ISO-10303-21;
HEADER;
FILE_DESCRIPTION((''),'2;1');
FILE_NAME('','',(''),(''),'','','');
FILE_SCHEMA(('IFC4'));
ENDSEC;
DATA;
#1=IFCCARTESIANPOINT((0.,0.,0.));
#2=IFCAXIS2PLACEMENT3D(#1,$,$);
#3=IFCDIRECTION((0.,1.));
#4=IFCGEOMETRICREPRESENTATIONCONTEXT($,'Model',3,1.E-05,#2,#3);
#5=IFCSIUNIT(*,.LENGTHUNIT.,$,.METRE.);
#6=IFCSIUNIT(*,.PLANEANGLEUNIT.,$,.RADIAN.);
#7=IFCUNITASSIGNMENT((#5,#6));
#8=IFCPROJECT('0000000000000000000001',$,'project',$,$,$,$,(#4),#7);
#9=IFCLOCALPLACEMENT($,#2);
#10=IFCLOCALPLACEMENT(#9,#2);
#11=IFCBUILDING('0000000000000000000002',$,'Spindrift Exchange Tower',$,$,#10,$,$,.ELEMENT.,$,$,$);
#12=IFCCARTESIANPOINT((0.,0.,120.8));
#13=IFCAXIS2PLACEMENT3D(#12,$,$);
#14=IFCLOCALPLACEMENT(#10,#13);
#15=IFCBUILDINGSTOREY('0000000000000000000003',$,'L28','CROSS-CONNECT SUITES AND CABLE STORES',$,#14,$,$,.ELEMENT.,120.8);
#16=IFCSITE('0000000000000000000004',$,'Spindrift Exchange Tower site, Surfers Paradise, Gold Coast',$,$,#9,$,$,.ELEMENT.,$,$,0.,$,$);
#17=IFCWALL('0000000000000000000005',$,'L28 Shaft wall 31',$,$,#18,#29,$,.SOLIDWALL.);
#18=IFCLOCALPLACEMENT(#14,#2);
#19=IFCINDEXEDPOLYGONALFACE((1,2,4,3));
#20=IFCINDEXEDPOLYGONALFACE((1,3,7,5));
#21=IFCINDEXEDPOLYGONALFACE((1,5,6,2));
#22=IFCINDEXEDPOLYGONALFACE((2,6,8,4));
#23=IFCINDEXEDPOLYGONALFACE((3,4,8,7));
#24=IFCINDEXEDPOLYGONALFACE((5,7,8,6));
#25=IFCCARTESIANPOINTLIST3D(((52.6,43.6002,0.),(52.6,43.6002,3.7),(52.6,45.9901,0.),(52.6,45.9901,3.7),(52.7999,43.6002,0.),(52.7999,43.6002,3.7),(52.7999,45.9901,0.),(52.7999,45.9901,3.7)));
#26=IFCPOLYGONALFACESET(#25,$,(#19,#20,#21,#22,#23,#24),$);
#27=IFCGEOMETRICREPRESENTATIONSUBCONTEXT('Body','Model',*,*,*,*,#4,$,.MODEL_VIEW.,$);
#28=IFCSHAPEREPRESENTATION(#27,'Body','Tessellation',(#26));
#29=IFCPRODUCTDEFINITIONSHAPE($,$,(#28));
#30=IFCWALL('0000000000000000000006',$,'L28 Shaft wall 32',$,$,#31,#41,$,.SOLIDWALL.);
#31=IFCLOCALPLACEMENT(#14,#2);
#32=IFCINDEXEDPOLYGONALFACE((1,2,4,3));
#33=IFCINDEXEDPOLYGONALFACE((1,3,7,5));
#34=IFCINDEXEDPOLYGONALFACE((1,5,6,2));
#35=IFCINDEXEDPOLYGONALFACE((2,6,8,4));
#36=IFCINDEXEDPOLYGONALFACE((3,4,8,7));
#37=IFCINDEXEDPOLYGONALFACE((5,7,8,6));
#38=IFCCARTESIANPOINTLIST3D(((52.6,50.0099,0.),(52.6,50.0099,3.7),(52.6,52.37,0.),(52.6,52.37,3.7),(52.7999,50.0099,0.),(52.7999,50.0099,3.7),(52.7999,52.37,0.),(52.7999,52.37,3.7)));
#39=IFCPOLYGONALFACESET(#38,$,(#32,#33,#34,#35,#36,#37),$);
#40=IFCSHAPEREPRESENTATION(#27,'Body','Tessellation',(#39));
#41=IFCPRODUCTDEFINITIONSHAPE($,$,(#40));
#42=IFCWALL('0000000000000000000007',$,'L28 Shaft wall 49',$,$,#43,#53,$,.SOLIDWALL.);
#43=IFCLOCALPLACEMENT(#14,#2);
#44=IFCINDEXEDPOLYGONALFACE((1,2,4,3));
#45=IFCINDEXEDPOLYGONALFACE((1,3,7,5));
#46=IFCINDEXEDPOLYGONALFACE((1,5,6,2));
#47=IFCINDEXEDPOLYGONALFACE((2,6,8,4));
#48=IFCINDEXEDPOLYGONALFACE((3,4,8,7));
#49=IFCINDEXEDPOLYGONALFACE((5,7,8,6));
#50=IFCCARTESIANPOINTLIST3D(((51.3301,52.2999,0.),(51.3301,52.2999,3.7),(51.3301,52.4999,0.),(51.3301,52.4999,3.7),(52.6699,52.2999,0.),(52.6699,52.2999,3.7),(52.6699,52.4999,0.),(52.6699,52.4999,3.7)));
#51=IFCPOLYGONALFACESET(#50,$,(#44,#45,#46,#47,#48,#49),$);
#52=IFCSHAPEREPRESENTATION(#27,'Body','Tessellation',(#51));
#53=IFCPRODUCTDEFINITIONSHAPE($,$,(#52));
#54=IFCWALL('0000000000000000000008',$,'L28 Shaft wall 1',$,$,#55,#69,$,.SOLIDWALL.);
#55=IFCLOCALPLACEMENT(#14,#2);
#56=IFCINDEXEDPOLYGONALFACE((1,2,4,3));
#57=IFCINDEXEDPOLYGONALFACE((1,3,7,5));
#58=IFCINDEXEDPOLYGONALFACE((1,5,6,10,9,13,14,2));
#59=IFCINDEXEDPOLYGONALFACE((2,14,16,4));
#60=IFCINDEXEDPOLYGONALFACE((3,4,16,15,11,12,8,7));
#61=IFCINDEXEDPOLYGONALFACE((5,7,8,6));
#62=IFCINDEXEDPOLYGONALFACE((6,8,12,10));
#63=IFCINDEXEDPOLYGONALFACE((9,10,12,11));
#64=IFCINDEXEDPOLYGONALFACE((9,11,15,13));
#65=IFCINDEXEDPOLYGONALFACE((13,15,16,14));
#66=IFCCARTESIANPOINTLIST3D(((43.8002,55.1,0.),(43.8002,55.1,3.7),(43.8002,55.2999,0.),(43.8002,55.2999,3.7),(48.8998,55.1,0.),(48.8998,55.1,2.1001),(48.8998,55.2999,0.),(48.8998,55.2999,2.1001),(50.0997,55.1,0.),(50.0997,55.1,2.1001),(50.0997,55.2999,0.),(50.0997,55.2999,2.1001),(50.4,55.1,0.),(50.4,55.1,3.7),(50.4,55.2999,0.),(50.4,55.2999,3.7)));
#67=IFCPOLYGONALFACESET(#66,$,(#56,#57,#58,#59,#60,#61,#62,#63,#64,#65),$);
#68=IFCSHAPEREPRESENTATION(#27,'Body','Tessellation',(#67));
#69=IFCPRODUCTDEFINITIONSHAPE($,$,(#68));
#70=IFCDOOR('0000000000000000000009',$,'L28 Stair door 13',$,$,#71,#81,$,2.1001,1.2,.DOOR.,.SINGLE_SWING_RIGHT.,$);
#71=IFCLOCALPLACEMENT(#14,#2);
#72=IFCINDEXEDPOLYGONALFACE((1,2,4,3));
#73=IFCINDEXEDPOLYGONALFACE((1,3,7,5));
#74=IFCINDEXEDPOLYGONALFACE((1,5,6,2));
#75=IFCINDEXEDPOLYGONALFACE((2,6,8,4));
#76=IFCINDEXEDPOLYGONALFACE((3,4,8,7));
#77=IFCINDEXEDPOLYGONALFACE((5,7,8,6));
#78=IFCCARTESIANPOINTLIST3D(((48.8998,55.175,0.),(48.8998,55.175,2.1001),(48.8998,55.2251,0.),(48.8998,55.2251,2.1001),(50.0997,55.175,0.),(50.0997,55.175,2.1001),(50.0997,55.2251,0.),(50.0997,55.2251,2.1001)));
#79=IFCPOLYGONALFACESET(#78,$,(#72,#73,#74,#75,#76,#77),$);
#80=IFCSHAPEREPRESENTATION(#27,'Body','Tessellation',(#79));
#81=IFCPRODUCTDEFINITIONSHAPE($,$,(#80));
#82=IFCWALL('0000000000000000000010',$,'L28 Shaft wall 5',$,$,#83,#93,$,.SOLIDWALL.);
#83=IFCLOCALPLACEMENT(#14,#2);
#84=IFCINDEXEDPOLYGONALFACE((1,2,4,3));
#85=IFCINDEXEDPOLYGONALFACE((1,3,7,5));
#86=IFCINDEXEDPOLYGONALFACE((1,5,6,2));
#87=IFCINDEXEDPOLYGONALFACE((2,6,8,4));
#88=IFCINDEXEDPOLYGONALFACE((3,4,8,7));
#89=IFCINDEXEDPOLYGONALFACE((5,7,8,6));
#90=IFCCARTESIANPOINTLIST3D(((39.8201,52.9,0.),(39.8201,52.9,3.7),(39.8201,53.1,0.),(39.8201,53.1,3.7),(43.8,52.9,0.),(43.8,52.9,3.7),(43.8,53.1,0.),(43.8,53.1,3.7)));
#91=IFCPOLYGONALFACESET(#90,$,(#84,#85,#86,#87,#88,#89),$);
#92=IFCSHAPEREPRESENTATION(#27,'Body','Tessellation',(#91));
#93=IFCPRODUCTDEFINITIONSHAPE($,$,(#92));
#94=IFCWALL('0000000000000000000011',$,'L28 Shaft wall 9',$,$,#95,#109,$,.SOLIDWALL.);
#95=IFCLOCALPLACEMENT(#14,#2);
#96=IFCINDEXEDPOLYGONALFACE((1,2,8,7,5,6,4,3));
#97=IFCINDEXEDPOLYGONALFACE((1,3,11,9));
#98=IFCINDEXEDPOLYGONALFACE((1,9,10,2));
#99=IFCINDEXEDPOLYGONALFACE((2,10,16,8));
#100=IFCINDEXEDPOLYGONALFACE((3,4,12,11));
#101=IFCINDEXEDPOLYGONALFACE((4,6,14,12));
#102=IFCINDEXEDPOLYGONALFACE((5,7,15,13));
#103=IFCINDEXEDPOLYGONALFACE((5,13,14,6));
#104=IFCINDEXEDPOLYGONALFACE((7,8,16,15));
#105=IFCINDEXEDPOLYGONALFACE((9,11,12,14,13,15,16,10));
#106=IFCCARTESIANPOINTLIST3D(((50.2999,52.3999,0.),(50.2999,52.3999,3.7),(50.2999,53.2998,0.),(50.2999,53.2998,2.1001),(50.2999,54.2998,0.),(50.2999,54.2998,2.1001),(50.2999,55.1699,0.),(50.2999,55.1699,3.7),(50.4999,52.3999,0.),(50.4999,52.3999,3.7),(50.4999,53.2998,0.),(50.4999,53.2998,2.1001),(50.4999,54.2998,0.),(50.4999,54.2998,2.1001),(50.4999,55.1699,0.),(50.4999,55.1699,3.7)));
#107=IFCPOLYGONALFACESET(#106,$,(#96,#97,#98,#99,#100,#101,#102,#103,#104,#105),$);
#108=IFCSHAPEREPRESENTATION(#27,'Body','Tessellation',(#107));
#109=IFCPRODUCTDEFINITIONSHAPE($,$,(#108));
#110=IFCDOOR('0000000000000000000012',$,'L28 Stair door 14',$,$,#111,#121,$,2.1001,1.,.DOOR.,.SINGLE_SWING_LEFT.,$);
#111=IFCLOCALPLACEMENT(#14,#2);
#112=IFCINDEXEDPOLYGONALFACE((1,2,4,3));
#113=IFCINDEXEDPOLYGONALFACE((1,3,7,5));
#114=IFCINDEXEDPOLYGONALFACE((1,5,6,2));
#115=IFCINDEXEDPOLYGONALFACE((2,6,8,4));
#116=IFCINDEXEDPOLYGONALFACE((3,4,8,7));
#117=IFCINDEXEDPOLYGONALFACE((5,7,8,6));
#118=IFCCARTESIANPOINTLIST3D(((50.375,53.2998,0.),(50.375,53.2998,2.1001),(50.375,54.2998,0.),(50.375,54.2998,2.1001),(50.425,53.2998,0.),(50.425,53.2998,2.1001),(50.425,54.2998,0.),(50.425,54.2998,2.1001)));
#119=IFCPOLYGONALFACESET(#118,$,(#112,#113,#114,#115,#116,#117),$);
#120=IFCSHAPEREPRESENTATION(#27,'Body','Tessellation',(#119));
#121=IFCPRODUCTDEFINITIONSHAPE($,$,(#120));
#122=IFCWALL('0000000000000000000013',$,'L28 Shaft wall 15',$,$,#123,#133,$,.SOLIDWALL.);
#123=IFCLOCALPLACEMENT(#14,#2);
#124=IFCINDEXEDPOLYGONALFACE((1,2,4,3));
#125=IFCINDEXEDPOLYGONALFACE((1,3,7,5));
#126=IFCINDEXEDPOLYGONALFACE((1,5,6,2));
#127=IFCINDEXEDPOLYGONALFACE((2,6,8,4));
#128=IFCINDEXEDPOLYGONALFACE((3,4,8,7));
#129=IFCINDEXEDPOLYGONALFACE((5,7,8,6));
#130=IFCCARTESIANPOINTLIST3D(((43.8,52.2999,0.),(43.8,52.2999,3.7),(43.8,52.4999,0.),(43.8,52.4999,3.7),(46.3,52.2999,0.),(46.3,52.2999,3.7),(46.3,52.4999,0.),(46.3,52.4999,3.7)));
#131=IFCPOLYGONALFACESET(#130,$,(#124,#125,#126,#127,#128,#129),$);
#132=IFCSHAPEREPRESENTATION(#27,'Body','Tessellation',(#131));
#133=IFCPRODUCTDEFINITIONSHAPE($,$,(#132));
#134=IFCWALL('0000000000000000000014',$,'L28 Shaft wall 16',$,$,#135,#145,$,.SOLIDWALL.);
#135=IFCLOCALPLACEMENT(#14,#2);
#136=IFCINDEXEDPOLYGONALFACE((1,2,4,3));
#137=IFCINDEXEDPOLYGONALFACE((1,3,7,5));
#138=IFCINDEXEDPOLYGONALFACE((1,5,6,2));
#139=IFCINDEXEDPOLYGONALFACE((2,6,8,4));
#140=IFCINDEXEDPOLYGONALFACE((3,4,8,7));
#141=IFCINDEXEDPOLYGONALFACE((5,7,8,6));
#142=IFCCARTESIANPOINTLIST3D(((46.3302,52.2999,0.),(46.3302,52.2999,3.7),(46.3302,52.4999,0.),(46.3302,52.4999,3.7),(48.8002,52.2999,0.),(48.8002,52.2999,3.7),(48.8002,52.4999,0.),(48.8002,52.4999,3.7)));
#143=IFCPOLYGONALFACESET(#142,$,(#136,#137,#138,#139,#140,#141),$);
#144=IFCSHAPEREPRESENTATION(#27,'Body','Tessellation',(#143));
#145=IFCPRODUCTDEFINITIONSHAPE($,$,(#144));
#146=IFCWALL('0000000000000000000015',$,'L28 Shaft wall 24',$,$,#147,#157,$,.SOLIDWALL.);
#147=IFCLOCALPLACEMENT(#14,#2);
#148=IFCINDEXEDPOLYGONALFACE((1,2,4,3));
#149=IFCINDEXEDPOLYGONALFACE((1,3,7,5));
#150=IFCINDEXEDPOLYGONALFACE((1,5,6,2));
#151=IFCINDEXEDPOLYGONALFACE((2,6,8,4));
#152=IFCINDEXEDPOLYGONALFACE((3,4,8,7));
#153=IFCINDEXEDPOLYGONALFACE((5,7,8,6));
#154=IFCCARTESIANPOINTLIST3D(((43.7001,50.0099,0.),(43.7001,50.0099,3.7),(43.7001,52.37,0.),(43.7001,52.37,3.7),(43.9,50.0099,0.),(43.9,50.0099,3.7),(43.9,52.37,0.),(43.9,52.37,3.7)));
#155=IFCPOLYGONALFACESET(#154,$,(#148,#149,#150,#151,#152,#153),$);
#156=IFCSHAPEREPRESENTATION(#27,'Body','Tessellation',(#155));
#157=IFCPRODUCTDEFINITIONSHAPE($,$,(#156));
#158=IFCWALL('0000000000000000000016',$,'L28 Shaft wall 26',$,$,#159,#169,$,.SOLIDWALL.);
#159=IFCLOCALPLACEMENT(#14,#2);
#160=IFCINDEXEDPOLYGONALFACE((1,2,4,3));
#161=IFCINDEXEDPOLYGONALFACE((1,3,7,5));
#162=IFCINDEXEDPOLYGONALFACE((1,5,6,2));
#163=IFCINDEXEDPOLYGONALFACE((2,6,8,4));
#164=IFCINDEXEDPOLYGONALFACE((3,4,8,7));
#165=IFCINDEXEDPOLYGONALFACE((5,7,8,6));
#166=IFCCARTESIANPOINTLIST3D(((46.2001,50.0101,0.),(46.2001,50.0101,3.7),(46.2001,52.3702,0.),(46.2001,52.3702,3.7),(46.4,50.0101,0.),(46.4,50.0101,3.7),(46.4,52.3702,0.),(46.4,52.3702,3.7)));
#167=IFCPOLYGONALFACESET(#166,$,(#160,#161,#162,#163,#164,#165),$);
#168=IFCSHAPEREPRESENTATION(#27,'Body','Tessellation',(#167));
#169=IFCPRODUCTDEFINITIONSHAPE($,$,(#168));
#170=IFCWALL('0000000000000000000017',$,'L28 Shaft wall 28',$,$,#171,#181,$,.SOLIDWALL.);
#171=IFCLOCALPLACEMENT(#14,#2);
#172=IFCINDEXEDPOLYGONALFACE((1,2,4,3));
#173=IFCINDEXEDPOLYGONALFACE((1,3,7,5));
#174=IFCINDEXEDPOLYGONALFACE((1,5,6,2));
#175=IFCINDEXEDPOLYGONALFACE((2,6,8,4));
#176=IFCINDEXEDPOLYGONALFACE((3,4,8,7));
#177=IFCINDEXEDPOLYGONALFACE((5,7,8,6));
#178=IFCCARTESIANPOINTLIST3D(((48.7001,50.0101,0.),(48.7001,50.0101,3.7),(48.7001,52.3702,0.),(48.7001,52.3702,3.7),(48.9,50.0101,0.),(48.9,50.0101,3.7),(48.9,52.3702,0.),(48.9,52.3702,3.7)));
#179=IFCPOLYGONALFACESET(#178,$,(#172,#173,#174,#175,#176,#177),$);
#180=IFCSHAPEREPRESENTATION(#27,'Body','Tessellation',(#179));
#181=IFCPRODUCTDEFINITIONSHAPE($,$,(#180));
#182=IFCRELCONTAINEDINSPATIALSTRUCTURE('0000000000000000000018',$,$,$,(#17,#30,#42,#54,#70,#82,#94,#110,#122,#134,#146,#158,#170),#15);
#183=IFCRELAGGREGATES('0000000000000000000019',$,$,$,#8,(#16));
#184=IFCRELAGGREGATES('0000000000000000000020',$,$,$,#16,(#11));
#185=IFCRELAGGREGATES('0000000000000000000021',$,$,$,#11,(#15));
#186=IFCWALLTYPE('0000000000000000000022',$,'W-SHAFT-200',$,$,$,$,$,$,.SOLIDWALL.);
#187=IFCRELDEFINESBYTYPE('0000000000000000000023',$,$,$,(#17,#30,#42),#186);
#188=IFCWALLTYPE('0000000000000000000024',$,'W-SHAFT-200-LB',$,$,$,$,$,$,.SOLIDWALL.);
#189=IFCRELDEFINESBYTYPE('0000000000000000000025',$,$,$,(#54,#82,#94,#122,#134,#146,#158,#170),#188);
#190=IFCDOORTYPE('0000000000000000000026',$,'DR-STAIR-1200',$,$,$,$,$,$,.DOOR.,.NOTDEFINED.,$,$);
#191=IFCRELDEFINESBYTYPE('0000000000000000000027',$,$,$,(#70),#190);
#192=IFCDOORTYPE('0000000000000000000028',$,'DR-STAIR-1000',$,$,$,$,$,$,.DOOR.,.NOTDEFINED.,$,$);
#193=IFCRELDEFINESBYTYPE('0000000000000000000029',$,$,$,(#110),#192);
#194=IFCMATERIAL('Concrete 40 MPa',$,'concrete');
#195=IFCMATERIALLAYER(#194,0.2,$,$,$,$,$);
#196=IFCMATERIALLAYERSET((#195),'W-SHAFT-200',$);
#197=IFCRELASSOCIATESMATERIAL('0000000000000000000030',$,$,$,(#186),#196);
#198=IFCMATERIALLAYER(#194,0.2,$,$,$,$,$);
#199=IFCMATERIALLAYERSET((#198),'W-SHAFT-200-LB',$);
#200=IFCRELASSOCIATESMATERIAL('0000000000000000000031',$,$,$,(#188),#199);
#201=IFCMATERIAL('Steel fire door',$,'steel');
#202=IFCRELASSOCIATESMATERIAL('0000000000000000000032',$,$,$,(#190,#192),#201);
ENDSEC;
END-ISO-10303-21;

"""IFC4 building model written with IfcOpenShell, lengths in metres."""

from ifc_helpers import new_model, si_unit, direction, frame, frame_2d, origin, place, context, subcontext, project, spatial, rectangle, extrude, source, transform, mapped, material, layer, layer_set, type_object, element, fill, save


model = new_model("IFC4")

# Units and contexts
model_context = context("Model", 3, precision=1e-05, world=origin(), true_north=direction((0.0, 1.0)))
body_context = subcontext(model_context, "Body", "Model", "MODEL_VIEW")
ifc_project = project(units=[si_unit("LENGTHUNIT", "METRE"), si_unit("PLANEANGLEUNIT", "RADIAN")], contexts=[model_context])

# Site, building, storey
site_placement = place(None, origin())
site = spatial("IfcSite", under=ifc_project, at=site_placement, Name="Spindrift Exchange Tower site, Surfers Paradise, Gold Coast", CompositionType="ELEMENT", RefElevation=0.0)
building_placement = place(site_placement, origin())
building = spatial("IfcBuilding", under=site, at=building_placement, Name="Spindrift Exchange Tower", CompositionType="ELEMENT")
storey_placement = place(building_placement, frame((0.0, 0.0, 120.8)))
storey = spatial("IfcBuildingStorey", under=building, at=storey_placement, Name="L28", Description="CROSS-CONNECT SUITES AND CABLE STORES", CompositionType="ELEMENT", Elevation=120.8)

# Walls
ifc_material_1 = material(Name="Concrete 40 MPa", Category="concrete")
ifc_layer_1 = layer(ifc_material_1, 0.2)
ifc_layer_set_1 = layer_set([ifc_layer_1], Name="W-SHAFT-200")
wall_type_1 = type_object("IfcWallType", Name="W-SHAFT-200", PredefinedType="SOLIDWALL", material=ifc_layer_set_1)
for number, where, z_axis, x_axis, name in (
    (1, (52.7, 45.99, 0.0), (0.0, 0.0, 1.0), (0.0, -1.0, 0.0), "L28 Shaft wall 31"),
):
    element("IfcWall", number, at=place(storey_placement, frame(where, z_axis=z_axis, x_axis=x_axis)), inside=storey, type_object=wall_type_1, Name=name, PredefinedType="SOLIDWALL", context=body_context, shape_type="SweptSolid", body=[
        extrude(rectangle(XDim=2.3899, YDim=0.2, at=frame_2d((1.1948, 0.0))), origin(), (0.0, 0.0, 1.0), 3.7),
    ])
wall_1_placement = place(storey_placement, frame((52.7, 52.3701, 0.0), z_axis=(0.0, 0.0, 1.0), x_axis=(0.0, -1.0, 0.0)))
element("IfcWall", 2, at=wall_1_placement, inside=storey, type_object=wall_type_1, Name="L28 Shaft wall 32", PredefinedType="SOLIDWALL", context=body_context, shape_type="SweptSolid", body=[
    extrude(rectangle(XDim=2.3601, YDim=0.2, at=frame_2d((1.1802, 0.0))), origin(), (0.0, 0.0, 1.0), 3.7),
])
wall_2_placement = place(storey_placement, frame((51.3301, 52.3999, 0.0), z_axis=(0.0, 0.0, 1.0), x_axis=(1.0, 0.0, 0.0)))
element("IfcWall", 3, at=wall_2_placement, inside=storey, type_object=wall_type_1, Name="L28 Shaft wall 49", PredefinedType="SOLIDWALL", context=body_context, shape_type="SweptSolid", body=[
    extrude(rectangle(XDim=1.3398, YDim=0.2, at=frame_2d((0.6699, 0.0))), origin(), (0.0, 0.0, 1.0), 3.7),
])

# Wall, opening, door
ifc_layer_2 = layer(ifc_material_1, 0.2)
ifc_layer_set_2 = layer_set([ifc_layer_2], Name="W-SHAFT-200-LB")
wall_type_2 = type_object("IfcWallType", Name="W-SHAFT-200-LB", PredefinedType="SOLIDWALL", material=ifc_layer_set_2)
wall_3_placement = place(storey_placement, frame((50.3999, 55.2, 0.0), z_axis=(0.0, 0.0, 1.0), x_axis=(-1.0, 0.0, 0.0)))
wall_3 = element("IfcWall", 4, at=wall_3_placement, inside=storey, type_object=wall_type_2, Name="L28 Shaft wall 1", PredefinedType="SOLIDWALL", context=body_context, shape_type="SweptSolid", body=[
    extrude(rectangle(XDim=6.5999, YDim=0.2, at=frame_2d((3.2998, 0.0))), origin(), (0.0, 0.0, 1.0), 3.7),
])
opening_1_placement = place(wall_3_placement, frame((0.3, 0.0, 0.0)))
opening_1 = element("IfcOpeningElement", 5, at=opening_1_placement, cuts=wall_3, PredefinedType="OPENING", context=body_context, shape_type="SweptSolid", body=[
    extrude(rectangle(XDim=1.2, YDim=2.1001, at=frame_2d((0.6001, 1.05))), frame((0.0, 0.1099, 0.0), z_axis=(0.0, -1.0, 0.0), x_axis=(1.0, 0.0, 0.0)), (0.0, 0.0, 1.0), 0.22),
])
ifc_material_2 = material(Name="Steel fire door", Category="steel")
door_type_1 = type_object("IfcDoorType", Name="DR-STAIR-1200", OperationType="NOTDEFINED", PredefinedType="DOOR", material=ifc_material_2)
shared_shape_1 = source(origin(), body_context, "Body", "SweptSolid", [
    extrude(rectangle(XDim=1.2, YDim=2.1001, at=frame_2d((0.6001, 1.05))), frame((0.0, 0.0249, 0.0), z_axis=(0.0, -1.0, 0.0), x_axis=(1.0, 0.0, 0.0)), (0.0, 0.0, 1.0), 0.05),
])
door_1_placement = place(opening_1_placement, origin())
door_1 = element("IfcDoor", 6, at=door_1_placement, inside=storey, type_object=door_type_1, Name="L28 Stair door 13", OperationType="SINGLE_SWING_RIGHT", OverallHeight=2.1001, OverallWidth=1.2, PredefinedType="DOOR", context=body_context, shape_type="MappedRepresentation", body=[
    mapped(shared_shape_1, transform((0.0, 0.0, 0.0), scale=1.0)),
])
fill(opening_1, door_1)

# Wall
wall_4_placement = place(storey_placement, frame((43.8, 53.0, 0.0), z_axis=(0.0, 0.0, 1.0), x_axis=(-1.0, 0.0, 0.0)))
element("IfcWall", 7, at=wall_4_placement, inside=storey, type_object=wall_type_2, Name="L28 Shaft wall 5", PredefinedType="SOLIDWALL", context=body_context, shape_type="SweptSolid", body=[
    extrude(rectangle(XDim=3.98, YDim=0.2, at=frame_2d((1.99, 0.0))), origin(), (0.0, 0.0, 1.0), 3.7),
])

# Wall, opening, door
wall_5_placement = place(storey_placement, frame((50.3999, 52.3999, 0.0), z_axis=(0.0, 0.0, 1.0), x_axis=(0.0, 1.0, 0.0)))
wall_5 = element("IfcWall", 8, at=wall_5_placement, inside=storey, type_object=wall_type_2, Name="L28 Shaft wall 9", PredefinedType="SOLIDWALL", context=body_context, shape_type="SweptSolid", body=[
    extrude(rectangle(XDim=2.77, YDim=0.2, at=frame_2d((1.385, 0.0))), origin(), (0.0, 0.0, 1.0), 3.7),
])
opening_2_placement = place(wall_5_placement, frame((0.8999, 0.0, 0.0)))
opening_2 = element("IfcOpeningElement", 9, at=opening_2_placement, cuts=wall_5, PredefinedType="OPENING", context=body_context, shape_type="SweptSolid", body=[
    extrude(rectangle(XDim=1.0, YDim=2.1001, at=frame_2d((0.5, 1.05))), frame((0.0, 0.1099, 0.0), z_axis=(0.0, -1.0, 0.0), x_axis=(1.0, 0.0, 0.0)), (0.0, 0.0, 1.0), 0.22),
])
door_type_2 = type_object("IfcDoorType", Name="DR-STAIR-1000", OperationType="NOTDEFINED", PredefinedType="DOOR", material=ifc_material_2)
shared_shape_2 = source(origin(), body_context, "Body", "SweptSolid", [
    extrude(rectangle(XDim=1.0, YDim=2.1001, at=frame_2d((0.5, 1.05))), frame((0.0, 0.0249, 0.0), z_axis=(0.0, -1.0, 0.0), x_axis=(1.0, 0.0, 0.0)), (0.0, 0.0, 1.0), 0.05),
])
door_2_placement = place(opening_2_placement, origin())
door_2 = element("IfcDoor", 10, at=door_2_placement, inside=storey, type_object=door_type_2, Name="L28 Stair door 14", OperationType="SINGLE_SWING_LEFT", OverallHeight=2.1001, OverallWidth=1.0, PredefinedType="DOOR", context=body_context, shape_type="MappedRepresentation", body=[
    mapped(shared_shape_2, transform((0.0, 0.0, 0.0), scale=1.0)),
])
fill(opening_2, door_2)

# Walls
wall_6_placement = place(storey_placement, frame((46.3, 52.3999, 0.0), z_axis=(0.0, 0.0, 1.0), x_axis=(-1.0, 0.0, 0.0)))
element("IfcWall", 11, at=wall_6_placement, inside=storey, type_object=wall_type_2, Name="L28 Shaft wall 15", PredefinedType="SOLIDWALL", context=body_context, shape_type="SweptSolid", body=[
    extrude(rectangle(XDim=2.5, YDim=0.2, at=frame_2d((1.25, 0.0))), origin(), (0.0, 0.0, 1.0), 3.7),
])
wall_7_placement = place(storey_placement, frame((48.8, 52.3999, 0.0), z_axis=(0.0, 0.0, 1.0), x_axis=(-1.0, 0.0, 0.0)))
element("IfcWall", 12, at=wall_7_placement, inside=storey, type_object=wall_type_2, Name="L28 Shaft wall 16", PredefinedType="SOLIDWALL", context=body_context, shape_type="SweptSolid", body=[
    extrude(rectangle(XDim=2.47, YDim=0.2, at=frame_2d((1.2349, 0.0))), origin(), (0.0, 0.0, 1.0), 3.7),
])
for number, where, z_axis, x_axis, name in (
    (13, (43.8, 52.3701, 0.0), (0.0, 0.0, 1.0), (0.0, -1.0, 0.0), "L28 Shaft wall 24"),
    (14, (46.3, 50.01, 0.0), (0.0, 0.0, 1.0), (0.0, 1.0, 0.0), "L28 Shaft wall 26"),
    (15, (48.8, 50.01, 0.0), (0.0, 0.0, 1.0), (0.0, 1.0, 0.0), "L28 Shaft wall 28"),
):
    element("IfcWall", number, at=place(storey_placement, frame(where, z_axis=z_axis, x_axis=x_axis)), inside=storey, type_object=wall_type_2, Name=name, PredefinedType="SOLIDWALL", context=body_context, shape_type="SweptSolid", body=[
        extrude(rectangle(XDim=2.3601, YDim=0.2, at=frame_2d((1.1802, 0.0))), origin(), (0.0, 0.0, 1.0), 3.7),
    ])

save(model, "model.ifc")
